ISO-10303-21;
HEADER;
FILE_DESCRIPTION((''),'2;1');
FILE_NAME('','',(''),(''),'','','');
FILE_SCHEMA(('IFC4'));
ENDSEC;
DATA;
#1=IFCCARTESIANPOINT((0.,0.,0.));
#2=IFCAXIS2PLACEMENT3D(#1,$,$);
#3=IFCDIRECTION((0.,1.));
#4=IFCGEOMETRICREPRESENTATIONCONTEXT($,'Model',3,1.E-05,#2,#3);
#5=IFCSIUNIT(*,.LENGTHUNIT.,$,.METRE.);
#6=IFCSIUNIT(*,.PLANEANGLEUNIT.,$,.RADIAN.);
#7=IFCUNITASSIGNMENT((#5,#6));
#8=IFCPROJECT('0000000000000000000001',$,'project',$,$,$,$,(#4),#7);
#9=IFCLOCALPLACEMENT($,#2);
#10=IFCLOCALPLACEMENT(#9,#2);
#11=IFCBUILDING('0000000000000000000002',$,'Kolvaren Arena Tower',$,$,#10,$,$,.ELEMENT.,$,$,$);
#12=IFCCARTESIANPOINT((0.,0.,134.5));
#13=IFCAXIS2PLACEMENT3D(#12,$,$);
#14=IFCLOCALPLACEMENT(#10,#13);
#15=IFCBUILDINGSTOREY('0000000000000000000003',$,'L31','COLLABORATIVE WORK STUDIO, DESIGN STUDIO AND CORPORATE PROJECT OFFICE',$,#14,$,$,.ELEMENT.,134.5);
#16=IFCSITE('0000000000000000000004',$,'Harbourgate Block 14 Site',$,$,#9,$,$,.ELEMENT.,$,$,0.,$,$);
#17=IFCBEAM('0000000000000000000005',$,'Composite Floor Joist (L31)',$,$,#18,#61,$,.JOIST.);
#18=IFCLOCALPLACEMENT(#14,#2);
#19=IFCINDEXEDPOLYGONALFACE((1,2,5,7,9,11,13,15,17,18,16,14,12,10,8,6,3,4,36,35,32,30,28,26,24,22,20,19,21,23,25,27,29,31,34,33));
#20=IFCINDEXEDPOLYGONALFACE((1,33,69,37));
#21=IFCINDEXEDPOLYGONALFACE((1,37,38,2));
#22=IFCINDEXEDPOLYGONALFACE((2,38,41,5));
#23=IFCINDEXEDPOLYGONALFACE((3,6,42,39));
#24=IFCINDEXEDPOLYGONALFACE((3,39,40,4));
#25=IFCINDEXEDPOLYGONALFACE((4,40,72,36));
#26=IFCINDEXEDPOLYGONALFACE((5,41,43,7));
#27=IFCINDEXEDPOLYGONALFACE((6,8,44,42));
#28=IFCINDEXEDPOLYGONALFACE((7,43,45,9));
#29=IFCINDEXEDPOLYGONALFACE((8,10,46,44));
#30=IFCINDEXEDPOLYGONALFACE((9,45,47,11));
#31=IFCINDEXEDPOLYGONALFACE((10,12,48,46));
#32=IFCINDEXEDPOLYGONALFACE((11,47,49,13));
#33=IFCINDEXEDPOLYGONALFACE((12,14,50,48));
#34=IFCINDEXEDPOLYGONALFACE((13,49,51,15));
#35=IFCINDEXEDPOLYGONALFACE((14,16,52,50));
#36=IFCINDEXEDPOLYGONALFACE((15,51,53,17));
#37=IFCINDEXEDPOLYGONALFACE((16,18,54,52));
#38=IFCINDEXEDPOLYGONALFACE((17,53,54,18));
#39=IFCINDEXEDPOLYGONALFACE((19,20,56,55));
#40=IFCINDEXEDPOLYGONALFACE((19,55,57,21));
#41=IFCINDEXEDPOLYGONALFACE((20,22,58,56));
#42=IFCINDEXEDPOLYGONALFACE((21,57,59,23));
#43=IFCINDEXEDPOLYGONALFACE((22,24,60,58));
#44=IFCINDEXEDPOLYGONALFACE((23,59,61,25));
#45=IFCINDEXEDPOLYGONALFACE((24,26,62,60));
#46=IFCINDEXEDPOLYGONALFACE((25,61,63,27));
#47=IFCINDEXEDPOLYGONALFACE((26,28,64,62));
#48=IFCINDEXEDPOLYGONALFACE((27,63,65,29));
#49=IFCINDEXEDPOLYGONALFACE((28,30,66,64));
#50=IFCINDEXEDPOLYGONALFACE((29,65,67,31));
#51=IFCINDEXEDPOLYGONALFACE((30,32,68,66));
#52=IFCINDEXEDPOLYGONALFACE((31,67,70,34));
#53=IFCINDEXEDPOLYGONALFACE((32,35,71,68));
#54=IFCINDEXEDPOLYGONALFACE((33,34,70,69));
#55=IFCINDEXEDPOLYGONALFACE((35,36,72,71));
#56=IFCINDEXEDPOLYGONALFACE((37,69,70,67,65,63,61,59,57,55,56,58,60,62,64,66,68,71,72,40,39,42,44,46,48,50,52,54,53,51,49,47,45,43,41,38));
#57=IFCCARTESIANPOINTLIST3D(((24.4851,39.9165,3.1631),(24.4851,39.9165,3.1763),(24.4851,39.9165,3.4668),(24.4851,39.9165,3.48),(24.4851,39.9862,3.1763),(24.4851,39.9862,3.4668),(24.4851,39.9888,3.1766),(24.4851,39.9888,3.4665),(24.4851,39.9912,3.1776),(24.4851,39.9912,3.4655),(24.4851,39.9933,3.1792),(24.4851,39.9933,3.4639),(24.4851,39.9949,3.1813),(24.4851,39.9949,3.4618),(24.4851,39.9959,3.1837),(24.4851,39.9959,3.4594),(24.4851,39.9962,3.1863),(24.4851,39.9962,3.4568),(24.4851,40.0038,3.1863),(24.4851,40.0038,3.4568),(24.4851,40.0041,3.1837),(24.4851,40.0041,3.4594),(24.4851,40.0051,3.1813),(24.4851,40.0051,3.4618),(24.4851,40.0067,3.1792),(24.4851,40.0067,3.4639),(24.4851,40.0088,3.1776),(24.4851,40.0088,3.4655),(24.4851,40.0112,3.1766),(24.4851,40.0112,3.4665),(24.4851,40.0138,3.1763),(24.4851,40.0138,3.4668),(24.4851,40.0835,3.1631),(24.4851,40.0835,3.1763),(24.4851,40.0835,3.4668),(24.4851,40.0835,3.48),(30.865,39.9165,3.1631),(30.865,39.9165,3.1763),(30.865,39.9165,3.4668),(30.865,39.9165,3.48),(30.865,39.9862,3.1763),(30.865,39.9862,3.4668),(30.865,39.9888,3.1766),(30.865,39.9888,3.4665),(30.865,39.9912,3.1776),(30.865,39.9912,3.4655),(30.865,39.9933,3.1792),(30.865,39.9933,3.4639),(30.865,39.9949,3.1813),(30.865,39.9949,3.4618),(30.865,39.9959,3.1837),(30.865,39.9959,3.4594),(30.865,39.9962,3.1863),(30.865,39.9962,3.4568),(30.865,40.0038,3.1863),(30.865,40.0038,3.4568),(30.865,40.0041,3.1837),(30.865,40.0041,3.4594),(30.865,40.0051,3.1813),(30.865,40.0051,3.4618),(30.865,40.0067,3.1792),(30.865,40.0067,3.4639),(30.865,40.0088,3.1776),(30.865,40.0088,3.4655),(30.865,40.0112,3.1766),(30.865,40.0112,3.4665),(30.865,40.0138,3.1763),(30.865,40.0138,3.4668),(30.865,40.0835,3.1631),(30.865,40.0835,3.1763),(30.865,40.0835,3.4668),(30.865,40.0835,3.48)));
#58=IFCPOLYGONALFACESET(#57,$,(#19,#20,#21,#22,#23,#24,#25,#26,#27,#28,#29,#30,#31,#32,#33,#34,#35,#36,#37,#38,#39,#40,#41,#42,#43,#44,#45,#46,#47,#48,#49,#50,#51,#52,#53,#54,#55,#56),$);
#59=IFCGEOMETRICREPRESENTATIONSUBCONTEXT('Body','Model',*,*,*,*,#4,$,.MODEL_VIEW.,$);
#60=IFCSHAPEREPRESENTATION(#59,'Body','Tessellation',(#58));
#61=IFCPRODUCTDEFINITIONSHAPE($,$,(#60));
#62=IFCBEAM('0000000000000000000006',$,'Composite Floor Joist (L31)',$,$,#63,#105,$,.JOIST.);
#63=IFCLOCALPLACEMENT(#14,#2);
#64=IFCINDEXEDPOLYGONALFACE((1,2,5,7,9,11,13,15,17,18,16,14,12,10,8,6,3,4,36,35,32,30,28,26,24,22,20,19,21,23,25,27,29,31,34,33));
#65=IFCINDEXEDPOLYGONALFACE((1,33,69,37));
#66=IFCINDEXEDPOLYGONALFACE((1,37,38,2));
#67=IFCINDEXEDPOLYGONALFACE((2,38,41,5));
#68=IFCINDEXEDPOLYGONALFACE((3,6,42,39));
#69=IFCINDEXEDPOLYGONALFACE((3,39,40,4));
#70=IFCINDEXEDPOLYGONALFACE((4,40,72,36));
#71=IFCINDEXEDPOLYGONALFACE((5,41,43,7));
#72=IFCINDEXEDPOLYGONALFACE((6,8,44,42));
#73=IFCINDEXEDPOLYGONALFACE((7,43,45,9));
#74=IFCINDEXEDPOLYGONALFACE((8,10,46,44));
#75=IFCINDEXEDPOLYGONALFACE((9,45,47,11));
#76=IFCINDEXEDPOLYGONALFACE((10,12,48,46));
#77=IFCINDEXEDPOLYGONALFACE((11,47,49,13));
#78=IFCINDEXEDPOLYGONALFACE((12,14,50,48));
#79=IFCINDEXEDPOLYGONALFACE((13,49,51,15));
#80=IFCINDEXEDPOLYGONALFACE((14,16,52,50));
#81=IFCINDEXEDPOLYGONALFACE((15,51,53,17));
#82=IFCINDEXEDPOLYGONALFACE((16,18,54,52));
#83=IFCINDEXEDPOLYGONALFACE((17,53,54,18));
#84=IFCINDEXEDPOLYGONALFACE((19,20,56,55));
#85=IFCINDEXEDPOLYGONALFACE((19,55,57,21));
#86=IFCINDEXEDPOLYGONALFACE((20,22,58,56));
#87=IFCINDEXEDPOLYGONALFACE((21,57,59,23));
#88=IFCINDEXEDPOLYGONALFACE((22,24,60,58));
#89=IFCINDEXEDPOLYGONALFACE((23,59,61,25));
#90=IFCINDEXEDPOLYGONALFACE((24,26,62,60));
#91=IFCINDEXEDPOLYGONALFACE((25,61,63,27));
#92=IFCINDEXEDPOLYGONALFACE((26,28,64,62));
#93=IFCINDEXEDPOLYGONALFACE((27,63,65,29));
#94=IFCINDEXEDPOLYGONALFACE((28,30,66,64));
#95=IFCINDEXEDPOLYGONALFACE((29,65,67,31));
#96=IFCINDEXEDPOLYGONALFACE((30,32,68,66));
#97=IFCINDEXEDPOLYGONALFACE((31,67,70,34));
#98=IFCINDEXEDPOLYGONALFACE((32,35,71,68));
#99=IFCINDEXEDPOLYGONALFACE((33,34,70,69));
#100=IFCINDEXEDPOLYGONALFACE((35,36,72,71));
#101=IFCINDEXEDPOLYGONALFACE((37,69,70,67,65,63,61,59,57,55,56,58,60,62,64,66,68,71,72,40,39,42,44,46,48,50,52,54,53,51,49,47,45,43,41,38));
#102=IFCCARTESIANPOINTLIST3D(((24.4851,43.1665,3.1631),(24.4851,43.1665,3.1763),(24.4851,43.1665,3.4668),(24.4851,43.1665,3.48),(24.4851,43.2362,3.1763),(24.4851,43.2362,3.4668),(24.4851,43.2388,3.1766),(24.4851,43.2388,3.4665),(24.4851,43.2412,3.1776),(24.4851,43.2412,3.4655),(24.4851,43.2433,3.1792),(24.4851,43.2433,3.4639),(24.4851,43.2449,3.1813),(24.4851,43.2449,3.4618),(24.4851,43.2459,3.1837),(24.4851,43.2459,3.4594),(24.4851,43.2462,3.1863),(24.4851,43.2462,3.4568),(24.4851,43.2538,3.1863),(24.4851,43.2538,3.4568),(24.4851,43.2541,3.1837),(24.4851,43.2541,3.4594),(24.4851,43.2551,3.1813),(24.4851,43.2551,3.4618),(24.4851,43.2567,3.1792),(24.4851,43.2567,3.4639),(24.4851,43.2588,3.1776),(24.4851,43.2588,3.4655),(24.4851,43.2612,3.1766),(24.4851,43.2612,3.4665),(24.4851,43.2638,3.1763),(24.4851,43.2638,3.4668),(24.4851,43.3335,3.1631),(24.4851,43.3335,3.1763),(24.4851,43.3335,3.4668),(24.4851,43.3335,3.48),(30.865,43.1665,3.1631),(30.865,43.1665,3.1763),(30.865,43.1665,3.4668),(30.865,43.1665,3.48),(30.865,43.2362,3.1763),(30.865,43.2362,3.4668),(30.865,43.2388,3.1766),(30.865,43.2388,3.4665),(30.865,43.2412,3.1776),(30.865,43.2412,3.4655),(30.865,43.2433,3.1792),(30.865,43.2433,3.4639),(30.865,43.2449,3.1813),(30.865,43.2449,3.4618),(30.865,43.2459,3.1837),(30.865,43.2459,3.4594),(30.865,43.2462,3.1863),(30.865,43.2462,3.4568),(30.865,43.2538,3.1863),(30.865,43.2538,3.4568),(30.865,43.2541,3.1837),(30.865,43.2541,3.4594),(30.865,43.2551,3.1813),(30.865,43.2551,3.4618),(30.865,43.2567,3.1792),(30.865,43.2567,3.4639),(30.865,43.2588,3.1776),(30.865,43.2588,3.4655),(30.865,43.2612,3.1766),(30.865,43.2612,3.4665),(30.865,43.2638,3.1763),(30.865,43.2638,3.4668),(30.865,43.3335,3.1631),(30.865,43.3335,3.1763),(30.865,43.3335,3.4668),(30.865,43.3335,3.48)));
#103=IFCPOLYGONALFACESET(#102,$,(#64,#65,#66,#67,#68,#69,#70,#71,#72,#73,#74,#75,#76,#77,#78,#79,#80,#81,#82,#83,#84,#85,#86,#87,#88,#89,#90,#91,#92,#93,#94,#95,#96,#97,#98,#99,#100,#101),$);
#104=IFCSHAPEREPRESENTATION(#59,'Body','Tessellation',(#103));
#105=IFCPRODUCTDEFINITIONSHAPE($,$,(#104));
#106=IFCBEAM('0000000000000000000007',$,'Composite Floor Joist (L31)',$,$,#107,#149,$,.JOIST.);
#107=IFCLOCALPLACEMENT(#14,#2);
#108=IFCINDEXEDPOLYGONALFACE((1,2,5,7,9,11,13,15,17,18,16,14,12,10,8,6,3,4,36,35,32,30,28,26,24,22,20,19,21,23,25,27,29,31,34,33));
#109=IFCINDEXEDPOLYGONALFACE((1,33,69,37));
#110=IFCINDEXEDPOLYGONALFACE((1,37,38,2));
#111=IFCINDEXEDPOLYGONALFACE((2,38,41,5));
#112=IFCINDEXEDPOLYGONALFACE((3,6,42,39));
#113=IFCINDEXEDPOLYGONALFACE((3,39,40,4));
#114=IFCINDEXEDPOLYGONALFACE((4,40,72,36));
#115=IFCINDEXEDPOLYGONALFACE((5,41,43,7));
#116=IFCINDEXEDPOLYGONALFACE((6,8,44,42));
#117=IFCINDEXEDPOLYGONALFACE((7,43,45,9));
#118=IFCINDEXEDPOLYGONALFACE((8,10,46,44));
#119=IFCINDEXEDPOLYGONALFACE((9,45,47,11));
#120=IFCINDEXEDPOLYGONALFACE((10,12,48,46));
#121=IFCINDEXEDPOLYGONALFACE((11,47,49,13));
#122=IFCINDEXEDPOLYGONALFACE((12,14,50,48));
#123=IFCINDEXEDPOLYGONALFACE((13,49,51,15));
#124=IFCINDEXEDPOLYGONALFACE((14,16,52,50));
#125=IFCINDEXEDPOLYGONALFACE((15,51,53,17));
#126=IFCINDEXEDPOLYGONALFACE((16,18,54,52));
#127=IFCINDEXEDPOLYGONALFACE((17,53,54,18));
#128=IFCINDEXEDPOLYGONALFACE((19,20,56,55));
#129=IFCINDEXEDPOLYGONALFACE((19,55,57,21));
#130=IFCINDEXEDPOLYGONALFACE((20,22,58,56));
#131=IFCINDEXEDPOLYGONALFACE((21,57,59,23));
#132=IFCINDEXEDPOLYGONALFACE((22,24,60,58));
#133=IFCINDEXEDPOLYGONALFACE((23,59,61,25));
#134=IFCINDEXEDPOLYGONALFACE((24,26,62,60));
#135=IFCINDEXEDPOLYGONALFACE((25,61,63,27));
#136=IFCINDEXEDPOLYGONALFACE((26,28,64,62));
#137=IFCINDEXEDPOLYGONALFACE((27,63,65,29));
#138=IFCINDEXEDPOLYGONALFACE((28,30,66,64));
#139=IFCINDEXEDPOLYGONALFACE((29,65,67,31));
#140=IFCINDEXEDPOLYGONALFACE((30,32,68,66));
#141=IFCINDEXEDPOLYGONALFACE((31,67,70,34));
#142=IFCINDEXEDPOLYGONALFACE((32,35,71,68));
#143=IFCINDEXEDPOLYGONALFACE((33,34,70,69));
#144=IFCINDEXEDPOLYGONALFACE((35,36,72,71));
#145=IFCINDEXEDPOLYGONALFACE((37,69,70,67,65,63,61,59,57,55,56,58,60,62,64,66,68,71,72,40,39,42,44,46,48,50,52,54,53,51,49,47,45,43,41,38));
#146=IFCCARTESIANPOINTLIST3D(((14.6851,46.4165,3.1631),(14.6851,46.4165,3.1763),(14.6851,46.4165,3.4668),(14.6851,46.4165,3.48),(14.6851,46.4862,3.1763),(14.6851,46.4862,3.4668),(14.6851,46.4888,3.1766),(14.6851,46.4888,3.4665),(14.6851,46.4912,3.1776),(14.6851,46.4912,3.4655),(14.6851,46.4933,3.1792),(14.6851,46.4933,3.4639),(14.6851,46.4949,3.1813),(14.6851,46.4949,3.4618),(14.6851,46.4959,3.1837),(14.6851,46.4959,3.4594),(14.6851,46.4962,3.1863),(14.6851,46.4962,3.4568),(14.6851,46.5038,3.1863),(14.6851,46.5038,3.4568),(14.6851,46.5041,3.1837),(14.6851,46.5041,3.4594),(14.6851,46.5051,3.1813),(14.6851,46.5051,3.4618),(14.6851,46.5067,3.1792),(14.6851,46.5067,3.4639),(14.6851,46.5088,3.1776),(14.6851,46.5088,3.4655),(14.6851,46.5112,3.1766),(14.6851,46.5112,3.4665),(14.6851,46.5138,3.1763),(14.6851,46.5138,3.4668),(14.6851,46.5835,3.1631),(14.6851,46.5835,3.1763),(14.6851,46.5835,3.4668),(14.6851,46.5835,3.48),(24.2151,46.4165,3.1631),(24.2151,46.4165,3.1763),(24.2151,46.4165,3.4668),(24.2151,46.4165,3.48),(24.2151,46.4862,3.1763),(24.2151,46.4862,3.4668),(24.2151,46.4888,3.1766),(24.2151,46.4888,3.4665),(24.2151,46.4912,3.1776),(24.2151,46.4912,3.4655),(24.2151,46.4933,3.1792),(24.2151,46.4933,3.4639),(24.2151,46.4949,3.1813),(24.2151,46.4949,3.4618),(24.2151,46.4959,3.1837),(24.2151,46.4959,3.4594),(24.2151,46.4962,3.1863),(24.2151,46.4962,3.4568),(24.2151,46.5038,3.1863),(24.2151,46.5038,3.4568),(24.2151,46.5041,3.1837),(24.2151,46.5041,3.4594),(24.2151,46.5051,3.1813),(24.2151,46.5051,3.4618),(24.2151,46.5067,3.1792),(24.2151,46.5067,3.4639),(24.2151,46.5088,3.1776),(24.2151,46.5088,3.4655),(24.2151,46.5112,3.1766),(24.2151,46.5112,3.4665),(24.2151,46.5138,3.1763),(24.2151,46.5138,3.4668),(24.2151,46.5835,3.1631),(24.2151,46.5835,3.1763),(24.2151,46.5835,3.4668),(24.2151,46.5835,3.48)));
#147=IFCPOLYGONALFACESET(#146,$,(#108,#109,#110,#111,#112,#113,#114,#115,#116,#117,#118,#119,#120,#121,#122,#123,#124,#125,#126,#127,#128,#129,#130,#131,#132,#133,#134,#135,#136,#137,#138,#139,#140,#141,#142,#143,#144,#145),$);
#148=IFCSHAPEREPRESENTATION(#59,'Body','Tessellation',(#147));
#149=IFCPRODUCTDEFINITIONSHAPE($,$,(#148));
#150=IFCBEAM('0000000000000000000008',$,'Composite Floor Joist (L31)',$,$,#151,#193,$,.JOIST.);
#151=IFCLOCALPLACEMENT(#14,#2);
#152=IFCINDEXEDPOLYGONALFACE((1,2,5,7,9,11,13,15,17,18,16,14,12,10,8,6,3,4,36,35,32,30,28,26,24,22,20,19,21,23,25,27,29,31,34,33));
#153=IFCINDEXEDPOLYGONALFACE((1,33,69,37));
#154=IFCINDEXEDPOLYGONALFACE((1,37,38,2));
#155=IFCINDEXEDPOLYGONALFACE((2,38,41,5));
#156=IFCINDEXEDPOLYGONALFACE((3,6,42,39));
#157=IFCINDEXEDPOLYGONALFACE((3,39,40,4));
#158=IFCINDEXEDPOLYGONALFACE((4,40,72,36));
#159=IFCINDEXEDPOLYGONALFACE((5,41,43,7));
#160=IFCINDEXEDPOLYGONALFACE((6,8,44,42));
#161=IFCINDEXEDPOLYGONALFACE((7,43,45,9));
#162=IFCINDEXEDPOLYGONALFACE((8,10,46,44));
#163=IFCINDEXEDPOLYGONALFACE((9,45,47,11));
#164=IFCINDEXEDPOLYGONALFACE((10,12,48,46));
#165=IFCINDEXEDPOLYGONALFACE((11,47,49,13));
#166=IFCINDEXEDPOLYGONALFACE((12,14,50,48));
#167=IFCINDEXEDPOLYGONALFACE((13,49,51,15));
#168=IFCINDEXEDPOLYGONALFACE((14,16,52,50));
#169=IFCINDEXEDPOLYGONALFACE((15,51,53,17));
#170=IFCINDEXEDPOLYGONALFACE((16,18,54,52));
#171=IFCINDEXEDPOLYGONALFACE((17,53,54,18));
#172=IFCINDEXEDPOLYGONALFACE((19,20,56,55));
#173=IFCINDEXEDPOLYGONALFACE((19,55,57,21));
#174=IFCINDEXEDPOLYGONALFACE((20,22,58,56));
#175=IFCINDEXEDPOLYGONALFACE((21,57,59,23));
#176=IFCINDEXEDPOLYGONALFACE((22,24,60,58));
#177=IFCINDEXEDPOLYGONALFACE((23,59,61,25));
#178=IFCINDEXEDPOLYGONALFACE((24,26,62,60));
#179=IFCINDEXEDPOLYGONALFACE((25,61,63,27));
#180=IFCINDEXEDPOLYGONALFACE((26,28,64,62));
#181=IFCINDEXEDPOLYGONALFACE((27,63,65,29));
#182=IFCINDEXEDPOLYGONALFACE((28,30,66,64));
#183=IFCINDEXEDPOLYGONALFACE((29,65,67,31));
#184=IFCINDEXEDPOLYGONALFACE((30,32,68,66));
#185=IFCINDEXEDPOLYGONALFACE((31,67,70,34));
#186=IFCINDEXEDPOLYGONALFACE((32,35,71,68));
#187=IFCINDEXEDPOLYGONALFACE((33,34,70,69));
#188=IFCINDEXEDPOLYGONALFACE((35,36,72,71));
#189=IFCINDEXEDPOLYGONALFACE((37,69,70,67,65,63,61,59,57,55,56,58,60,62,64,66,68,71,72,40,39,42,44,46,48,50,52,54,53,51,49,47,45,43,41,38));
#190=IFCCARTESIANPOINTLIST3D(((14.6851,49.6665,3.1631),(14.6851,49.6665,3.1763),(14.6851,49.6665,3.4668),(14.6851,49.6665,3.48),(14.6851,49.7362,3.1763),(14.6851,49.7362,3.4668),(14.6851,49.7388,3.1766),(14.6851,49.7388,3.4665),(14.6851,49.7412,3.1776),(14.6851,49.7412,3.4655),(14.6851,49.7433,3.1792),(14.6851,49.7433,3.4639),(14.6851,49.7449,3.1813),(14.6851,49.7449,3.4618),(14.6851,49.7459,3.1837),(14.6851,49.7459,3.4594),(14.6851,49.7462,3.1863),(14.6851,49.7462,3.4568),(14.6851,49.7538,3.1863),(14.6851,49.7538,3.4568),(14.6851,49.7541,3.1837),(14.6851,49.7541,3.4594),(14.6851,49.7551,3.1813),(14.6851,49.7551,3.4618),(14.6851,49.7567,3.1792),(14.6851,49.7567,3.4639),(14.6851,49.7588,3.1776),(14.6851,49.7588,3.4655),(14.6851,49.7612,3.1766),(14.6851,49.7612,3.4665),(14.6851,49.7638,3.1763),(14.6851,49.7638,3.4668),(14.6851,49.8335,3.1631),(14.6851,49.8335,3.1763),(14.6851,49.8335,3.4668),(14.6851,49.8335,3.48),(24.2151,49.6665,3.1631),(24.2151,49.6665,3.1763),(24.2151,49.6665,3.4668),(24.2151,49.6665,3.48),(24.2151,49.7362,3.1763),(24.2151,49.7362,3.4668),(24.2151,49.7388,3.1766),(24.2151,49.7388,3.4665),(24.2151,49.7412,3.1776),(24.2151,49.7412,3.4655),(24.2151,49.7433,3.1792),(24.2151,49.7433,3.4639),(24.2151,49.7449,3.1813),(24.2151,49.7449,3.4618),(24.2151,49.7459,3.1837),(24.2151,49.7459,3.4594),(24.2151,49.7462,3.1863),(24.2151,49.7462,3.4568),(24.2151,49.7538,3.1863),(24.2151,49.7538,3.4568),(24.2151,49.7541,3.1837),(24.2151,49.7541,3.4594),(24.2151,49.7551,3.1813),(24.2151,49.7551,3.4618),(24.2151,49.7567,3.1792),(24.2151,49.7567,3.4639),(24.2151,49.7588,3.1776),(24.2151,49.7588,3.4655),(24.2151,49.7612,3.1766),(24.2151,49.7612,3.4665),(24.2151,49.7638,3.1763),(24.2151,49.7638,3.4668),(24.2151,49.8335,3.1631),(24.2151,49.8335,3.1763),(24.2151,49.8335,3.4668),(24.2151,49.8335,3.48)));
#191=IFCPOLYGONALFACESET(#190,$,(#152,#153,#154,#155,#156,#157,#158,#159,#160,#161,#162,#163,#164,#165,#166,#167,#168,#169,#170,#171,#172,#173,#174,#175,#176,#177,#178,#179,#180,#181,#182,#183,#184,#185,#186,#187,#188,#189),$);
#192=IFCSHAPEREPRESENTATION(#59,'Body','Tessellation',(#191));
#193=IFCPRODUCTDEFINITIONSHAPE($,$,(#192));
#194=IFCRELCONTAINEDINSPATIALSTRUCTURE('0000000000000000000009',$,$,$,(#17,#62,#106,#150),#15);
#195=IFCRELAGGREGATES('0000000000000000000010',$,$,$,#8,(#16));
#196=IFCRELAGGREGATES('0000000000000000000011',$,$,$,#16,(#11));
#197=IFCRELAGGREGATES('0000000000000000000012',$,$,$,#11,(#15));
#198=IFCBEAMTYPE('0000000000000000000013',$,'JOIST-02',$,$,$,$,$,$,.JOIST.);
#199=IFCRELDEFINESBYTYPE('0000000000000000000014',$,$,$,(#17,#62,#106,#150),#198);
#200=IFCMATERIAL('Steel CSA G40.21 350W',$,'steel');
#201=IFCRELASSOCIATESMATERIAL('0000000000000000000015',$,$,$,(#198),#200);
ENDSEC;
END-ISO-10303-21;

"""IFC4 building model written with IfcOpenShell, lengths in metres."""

from ifc_helpers import new_model, si_unit, direction, frame, origin, origin_2d, place, context, subcontext, project, spatial, i_section, extrude, material, material_profile, profile_set, type_object, element, save


model = new_model("IFC4")

# Units and contexts
model_context = context("Model", 3, precision=1e-05, world=origin(), true_north=direction((0.0, 1.0)))
body_context = subcontext(model_context, "Body", "Model", "MODEL_VIEW")
ifc_project = project(units=[si_unit("LENGTHUNIT", "METRE"), si_unit("PLANEANGLEUNIT", "RADIAN")], contexts=[model_context])

# Site, building, storey
site_placement = place(None, origin())
site = spatial("IfcSite", under=ifc_project, at=site_placement, Name="Harbourgate Block 14 Site", CompositionType="ELEMENT", RefElevation=0.0)
building_placement = place(site_placement, origin())
building = spatial("IfcBuilding", under=site, at=building_placement, Name="Kolvaren Arena Tower", CompositionType="ELEMENT")
storey_placement = place(building_placement, frame((0.0, 0.0, 134.5)))
storey = spatial("IfcBuildingStorey", under=building, at=storey_placement, Name="L31", Description="COLLABORATIVE WORK STUDIO, DESIGN STUDIO AND CORPORATE PROJECT OFFICE", CompositionType="ELEMENT", Elevation=134.5)

# Beams
ifc_material_1 = material(Name="Steel CSA G40.21 350W", Category="steel")
ifc_material_profile_1 = material_profile(ifc_material_1, i_section(OverallWidth=0.167, OverallDepth=0.3169, WebThickness=0.0076, FlangeThickness=0.0132, FilletRadius=0.01, at=origin_2d()), Name="W310x52")
ifc_profile_set_1 = profile_set([ifc_material_profile_1], Name="Steel CSA G40.21 350W")
beam_type_1 = type_object("IfcBeamType", Name="JOIST-02", PredefinedType="JOIST", material=ifc_profile_set_1)
for number, where, z_axis, x_axis, name in (
    (1, (24.4851, 40.0, 3.3215), (1.0, 0.0, 0.0), (0.0, 1.0, 0.0), "Composite Floor Joist (L31)"),
    (2, (24.4851, 43.25, 3.3215), (1.0, 0.0, 0.0), (0.0, 1.0, 0.0), "Composite Floor Joist (L31)"),
):
    element("IfcBeam", number, at=place(storey_placement, frame(where, z_axis=z_axis, x_axis=x_axis)), inside=storey, type_object=beam_type_1, Name=name, PredefinedType="JOIST", context=body_context, shape_type="SweptSolid", body=[
        extrude(i_section(OverallWidth=0.167, OverallDepth=0.3169, WebThickness=0.0076, FlangeThickness=0.0132, FilletRadius=0.01, at=origin_2d()), origin(), (0.0, 0.0, 1.0), 6.3799),
    ])
for number, where, z_axis, x_axis, name in (
    (3, (14.6851, 46.5, 3.3215), (1.0, 0.0, 0.0), (0.0, 1.0, 0.0), "Composite Floor Joist (L31)"),
    (4, (14.6851, 49.75, 3.3215), (1.0, 0.0, 0.0), (0.0, 1.0, 0.0), "Composite Floor Joist (L31)"),
):
    element("IfcBeam", number, at=place(storey_placement, frame(where, z_axis=z_axis, x_axis=x_axis)), inside=storey, type_object=beam_type_1, Name=name, PredefinedType="JOIST", context=body_context, shape_type="SweptSolid", body=[
        extrude(i_section(OverallWidth=0.167, OverallDepth=0.3169, WebThickness=0.0076, FlangeThickness=0.0132, FilletRadius=0.01, at=origin_2d()), origin(), (0.0, 0.0, 1.0), 9.53),
    ])

save(model, "model.ifc")
